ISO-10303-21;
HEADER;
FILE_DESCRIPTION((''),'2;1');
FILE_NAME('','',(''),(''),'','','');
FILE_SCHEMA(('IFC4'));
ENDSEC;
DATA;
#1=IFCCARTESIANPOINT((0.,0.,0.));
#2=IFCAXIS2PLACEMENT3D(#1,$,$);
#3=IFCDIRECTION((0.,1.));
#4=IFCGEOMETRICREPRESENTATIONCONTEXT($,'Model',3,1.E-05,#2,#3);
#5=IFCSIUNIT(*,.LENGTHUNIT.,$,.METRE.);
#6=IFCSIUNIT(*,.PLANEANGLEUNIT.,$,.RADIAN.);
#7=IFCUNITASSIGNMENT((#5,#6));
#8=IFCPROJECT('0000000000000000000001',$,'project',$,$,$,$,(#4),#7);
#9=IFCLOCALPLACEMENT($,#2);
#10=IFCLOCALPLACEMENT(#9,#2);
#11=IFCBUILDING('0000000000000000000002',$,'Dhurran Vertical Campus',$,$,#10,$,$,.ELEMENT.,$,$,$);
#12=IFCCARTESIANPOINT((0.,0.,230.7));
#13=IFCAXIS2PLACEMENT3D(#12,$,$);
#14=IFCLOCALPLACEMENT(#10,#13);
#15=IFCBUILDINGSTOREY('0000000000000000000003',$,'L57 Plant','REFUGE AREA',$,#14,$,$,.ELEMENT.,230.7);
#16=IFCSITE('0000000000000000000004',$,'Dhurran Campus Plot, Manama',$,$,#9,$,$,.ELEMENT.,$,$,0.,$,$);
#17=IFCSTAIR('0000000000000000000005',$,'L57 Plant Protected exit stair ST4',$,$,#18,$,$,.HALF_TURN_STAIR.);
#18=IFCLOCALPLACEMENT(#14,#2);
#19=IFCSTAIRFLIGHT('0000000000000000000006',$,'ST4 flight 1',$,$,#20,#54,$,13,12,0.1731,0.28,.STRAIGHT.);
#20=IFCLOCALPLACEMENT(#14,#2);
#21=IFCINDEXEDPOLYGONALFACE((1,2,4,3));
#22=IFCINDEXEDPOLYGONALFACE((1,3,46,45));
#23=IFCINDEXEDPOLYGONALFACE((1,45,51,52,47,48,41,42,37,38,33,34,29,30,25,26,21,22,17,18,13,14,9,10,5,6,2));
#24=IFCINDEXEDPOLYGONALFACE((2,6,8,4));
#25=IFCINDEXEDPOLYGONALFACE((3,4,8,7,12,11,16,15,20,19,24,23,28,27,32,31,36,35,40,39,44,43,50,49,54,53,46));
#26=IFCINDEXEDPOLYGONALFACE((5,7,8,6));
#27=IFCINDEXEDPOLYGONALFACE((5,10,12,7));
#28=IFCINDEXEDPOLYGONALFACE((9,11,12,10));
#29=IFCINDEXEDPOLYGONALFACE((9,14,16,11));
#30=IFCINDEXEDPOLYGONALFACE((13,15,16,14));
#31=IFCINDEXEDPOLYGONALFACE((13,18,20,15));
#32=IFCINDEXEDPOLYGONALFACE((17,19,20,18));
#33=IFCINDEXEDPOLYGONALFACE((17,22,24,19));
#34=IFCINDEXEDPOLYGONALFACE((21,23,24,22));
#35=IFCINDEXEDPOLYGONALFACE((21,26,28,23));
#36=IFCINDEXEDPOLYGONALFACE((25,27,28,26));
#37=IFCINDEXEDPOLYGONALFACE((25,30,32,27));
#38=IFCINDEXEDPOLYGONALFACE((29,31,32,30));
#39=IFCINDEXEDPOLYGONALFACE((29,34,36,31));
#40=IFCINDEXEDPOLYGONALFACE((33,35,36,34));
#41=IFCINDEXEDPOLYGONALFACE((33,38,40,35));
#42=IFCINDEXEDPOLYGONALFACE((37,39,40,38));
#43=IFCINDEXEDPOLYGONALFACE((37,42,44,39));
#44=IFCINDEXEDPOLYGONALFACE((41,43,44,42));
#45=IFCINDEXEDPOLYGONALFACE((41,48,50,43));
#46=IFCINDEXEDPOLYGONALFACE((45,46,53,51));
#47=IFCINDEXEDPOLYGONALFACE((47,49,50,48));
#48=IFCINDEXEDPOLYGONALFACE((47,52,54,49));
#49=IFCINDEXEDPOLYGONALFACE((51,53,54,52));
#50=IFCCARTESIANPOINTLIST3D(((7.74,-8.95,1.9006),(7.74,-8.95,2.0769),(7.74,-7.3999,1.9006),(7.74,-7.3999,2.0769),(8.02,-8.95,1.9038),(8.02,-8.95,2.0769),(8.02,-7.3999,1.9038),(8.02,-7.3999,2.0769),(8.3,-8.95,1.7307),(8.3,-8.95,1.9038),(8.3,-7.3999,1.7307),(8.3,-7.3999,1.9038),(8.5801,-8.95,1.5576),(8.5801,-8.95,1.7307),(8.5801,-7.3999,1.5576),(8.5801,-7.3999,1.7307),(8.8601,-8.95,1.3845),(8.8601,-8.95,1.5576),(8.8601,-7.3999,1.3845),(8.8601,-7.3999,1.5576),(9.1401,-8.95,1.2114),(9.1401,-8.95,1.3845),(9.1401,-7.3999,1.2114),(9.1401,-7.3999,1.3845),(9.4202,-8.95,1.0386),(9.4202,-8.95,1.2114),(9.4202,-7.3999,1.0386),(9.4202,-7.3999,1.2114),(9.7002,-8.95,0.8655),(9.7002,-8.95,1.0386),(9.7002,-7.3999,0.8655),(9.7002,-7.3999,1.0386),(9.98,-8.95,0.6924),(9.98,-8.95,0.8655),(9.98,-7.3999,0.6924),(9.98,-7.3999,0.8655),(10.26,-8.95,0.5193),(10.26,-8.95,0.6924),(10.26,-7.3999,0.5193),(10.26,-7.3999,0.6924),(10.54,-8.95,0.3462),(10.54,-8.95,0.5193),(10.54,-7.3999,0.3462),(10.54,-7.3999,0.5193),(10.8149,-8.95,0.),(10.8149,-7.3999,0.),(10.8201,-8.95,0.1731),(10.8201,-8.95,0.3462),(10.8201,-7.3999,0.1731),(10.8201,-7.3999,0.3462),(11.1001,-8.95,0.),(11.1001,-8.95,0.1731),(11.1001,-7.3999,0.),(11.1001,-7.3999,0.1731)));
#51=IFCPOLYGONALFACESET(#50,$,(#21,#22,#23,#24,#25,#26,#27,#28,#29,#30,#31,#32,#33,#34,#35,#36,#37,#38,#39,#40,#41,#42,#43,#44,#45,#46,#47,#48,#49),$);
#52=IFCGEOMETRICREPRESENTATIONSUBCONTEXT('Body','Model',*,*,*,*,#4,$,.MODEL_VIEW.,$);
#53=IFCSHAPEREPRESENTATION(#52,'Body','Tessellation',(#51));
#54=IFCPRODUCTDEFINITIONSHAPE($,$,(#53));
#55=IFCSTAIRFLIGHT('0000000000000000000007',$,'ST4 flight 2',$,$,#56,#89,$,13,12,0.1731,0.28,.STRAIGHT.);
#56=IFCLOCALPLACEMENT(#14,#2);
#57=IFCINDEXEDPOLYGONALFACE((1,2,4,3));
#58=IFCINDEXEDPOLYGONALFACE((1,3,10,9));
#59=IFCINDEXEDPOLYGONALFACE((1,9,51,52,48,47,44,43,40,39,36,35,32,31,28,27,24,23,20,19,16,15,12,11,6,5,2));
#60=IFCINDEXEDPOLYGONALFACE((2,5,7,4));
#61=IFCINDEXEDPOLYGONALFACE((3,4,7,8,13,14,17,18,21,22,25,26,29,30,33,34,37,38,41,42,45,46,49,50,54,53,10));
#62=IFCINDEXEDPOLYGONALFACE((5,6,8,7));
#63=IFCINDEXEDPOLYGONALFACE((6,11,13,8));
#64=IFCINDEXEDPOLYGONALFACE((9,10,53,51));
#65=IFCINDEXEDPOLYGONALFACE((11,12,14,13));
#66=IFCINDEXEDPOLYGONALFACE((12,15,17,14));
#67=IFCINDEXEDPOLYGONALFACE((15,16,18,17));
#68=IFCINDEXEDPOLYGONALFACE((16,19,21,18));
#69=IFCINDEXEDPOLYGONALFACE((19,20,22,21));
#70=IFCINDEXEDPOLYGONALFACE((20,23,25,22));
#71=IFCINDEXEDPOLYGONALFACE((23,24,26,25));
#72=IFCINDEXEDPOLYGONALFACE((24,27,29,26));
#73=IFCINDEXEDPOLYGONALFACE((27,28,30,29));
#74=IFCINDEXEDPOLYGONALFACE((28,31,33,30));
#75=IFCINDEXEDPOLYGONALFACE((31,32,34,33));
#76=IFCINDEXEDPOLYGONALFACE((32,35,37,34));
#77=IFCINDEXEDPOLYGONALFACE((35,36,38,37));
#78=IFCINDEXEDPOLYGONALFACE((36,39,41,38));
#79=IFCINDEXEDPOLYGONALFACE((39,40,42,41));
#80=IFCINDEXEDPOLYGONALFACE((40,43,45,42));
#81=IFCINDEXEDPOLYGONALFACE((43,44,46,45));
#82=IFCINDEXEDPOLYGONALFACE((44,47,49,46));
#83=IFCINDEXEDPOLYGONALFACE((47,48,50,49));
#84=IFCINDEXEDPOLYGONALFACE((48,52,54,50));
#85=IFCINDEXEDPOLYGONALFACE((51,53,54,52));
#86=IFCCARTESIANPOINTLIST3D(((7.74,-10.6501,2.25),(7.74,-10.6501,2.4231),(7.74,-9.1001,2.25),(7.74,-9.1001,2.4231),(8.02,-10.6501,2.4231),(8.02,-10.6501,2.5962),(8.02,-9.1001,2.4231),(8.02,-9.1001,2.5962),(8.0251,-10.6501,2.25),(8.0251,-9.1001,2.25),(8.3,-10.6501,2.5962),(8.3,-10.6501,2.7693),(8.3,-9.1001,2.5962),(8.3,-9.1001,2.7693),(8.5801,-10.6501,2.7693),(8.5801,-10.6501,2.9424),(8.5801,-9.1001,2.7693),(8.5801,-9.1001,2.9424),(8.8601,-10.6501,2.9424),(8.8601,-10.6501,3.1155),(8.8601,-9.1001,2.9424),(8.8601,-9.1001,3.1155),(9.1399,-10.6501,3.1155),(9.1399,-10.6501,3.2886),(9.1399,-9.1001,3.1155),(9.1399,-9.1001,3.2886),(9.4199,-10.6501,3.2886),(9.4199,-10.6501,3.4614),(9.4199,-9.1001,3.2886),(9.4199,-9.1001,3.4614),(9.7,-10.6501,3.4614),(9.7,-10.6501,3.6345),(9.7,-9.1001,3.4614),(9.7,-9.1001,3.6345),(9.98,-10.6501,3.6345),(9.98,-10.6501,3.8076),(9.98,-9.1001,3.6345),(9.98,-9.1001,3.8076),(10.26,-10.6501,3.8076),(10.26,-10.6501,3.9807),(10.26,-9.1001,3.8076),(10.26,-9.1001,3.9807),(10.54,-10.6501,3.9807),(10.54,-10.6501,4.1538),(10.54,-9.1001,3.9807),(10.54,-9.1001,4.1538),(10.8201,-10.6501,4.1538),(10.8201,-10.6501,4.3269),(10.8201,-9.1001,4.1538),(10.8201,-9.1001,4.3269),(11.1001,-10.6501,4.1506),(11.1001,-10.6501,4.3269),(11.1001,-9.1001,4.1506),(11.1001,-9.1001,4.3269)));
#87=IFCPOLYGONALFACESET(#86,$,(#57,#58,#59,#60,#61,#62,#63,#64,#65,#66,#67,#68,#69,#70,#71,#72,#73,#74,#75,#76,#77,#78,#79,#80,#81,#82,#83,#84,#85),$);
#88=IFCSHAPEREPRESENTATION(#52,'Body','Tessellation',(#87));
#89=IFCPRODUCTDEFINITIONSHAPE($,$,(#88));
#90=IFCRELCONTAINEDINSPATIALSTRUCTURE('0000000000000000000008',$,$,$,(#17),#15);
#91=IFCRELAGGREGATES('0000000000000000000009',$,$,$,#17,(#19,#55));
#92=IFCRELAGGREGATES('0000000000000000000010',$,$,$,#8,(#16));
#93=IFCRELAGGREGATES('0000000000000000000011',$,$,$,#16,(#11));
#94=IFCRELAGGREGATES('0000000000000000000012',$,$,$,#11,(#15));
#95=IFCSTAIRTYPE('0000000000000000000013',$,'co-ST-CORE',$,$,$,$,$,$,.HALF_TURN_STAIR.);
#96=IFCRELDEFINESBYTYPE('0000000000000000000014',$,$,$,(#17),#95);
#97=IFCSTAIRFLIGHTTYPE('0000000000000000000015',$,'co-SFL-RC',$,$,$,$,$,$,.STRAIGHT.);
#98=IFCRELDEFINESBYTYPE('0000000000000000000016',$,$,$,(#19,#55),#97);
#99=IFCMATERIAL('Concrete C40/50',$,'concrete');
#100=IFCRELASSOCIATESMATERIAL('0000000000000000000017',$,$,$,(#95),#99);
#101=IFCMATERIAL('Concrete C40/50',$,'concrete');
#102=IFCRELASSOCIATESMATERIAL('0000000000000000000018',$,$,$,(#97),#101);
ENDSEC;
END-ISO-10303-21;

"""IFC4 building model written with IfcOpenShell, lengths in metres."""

from ifc_helpers import new_model, si_unit, direction, frame, origin, place, context, subcontext, project, spatial, polyline, outline, extrude, material, type_object, element, aggregate, save


model = new_model("IFC4")

# Units and contexts
model_context = context("Model", 3, precision=1e-05, world=origin(), true_north=direction((0.0, 1.0)))
body_context = subcontext(model_context, "Body", "Model", "MODEL_VIEW")
ifc_project = project(units=[si_unit("LENGTHUNIT", "METRE"), si_unit("PLANEANGLEUNIT", "RADIAN")], contexts=[model_context])

# Site, building, storey
site_placement = place(None, origin())
site = spatial("IfcSite", under=ifc_project, at=site_placement, Name="Dhurran Campus Plot, Manama", CompositionType="ELEMENT", RefElevation=0.0)
building_placement = place(site_placement, origin())
building = spatial("IfcBuilding", under=site, at=building_placement, Name="Dhurran Vertical Campus", CompositionType="ELEMENT")
storey_placement = place(building_placement, frame((0.0, 0.0, 230.7)))
storey = spatial("IfcBuildingStorey", under=building, at=storey_placement, Name="L57 Plant", Description="REFUGE AREA", CompositionType="ELEMENT", Elevation=230.7)

# Stair, stair flights
ifc_material_1 = material(Name="Concrete C40/50", Category="concrete")
stair_type = type_object("IfcStairType", Name="co-ST-CORE", PredefinedType="HALF_TURN_STAIR", material=ifc_material_1)
stair_placement = place(storey_placement, origin())
stair = element("IfcStair", 1, at=stair_placement, inside=storey, type_object=stair_type, Name="L57 Plant Protected exit stair ST4", PredefinedType="HALF_TURN_STAIR")
ifc_material_2 = material(Name="Concrete C40/50", Category="concrete")
stair_flight_type = type_object("IfcStairFlightType", Name="co-SFL-RC", PredefinedType="STRAIGHT", material=ifc_material_2)
stair_flight_1_placement = place(storey_placement, frame((11.1001, -8.175, 0.0), z_axis=(0.0, 0.0, 1.0), x_axis=(-1.0, 0.0, 0.0)))
stair_flight_1 = element("IfcStairFlight", 2, at=stair_flight_1_placement, type_object=stair_flight_type, Name="ST4 flight 1", NumberOfRisers=13, NumberOfTreads=12, PredefinedType="STRAIGHT", RiserHeight=0.1731, TreadLength=0.28, context=body_context, shape_type="SweptSolid", body=[
    extrude(outline(polyline([(0.0, 0.0), (0.0, 0.1731), (0.28, 0.1731), (0.28, 0.3462), (0.5601, 0.3462), (0.5601, 0.5193), (0.8401, 0.5193), (0.8401, 0.6924), (1.1201, 0.6924), (1.1201, 0.8655), (1.3999, 0.8655), (1.3999, 1.0386), (1.6799, 1.0386), (1.6799, 1.2114), (1.96, 1.2114), (1.96, 1.3845), (2.24, 1.3845), (2.24, 1.5576), (2.52, 1.5576), (2.52, 1.7307), (2.8, 1.7307), (2.8, 1.9038), (3.0801, 1.9038), (3.0801, 2.0769), (3.3601, 2.0769), (3.3601, 2.25), (3.3601, 1.9006), (0.2852, 0.0), (0.0, 0.0)])), frame((0.0, 0.7749, 0.0), z_axis=(0.0, -1.0, 0.0), x_axis=(1.0, 0.0, 0.0)), (0.0, 0.0, 1.0), 1.55),
])
stair_flight_2_placement = place(storey_placement, frame((7.74, -9.875, 2.25), z_axis=(0.0, 0.0, 1.0), x_axis=(1.0, 0.0, 0.0)))
stair_flight_2 = element("IfcStairFlight", 3, at=stair_flight_2_placement, type_object=stair_flight_type, Name="ST4 flight 2", NumberOfRisers=13, NumberOfTreads=12, PredefinedType="STRAIGHT", RiserHeight=0.1731, TreadLength=0.28, context=body_context, shape_type="SweptSolid", body=[
    extrude(outline(polyline([(0.0, 0.0), (0.0, 0.1731), (0.28, 0.1731), (0.28, 0.3462), (0.5601, 0.3462), (0.5601, 0.5193), (0.8401, 0.5193), (0.8401, 0.6924), (1.1201, 0.6924), (1.1201, 0.8655), (1.3999, 0.8655), (1.3999, 1.0386), (1.6799, 1.0386), (1.6799, 1.2114), (1.96, 1.2114), (1.96, 1.3845), (2.24, 1.3845), (2.24, 1.5576), (2.52, 1.5576), (2.52, 1.7307), (2.8, 1.7307), (2.8, 1.9038), (3.0801, 1.9038), (3.0801, 2.0769), (3.3601, 2.0769), (3.3601, 2.25), (3.3601, 1.9006), (0.2852, 0.0), (0.0, 0.0)])), frame((0.0, 0.7749, 0.0), z_axis=(0.0, -1.0, 0.0), x_axis=(1.0, 0.0, 0.0)), (0.0, 0.0, 1.0), 1.55),
])
aggregate(stair, [stair_flight_1, stair_flight_2])

save(model, "model.ifc")
